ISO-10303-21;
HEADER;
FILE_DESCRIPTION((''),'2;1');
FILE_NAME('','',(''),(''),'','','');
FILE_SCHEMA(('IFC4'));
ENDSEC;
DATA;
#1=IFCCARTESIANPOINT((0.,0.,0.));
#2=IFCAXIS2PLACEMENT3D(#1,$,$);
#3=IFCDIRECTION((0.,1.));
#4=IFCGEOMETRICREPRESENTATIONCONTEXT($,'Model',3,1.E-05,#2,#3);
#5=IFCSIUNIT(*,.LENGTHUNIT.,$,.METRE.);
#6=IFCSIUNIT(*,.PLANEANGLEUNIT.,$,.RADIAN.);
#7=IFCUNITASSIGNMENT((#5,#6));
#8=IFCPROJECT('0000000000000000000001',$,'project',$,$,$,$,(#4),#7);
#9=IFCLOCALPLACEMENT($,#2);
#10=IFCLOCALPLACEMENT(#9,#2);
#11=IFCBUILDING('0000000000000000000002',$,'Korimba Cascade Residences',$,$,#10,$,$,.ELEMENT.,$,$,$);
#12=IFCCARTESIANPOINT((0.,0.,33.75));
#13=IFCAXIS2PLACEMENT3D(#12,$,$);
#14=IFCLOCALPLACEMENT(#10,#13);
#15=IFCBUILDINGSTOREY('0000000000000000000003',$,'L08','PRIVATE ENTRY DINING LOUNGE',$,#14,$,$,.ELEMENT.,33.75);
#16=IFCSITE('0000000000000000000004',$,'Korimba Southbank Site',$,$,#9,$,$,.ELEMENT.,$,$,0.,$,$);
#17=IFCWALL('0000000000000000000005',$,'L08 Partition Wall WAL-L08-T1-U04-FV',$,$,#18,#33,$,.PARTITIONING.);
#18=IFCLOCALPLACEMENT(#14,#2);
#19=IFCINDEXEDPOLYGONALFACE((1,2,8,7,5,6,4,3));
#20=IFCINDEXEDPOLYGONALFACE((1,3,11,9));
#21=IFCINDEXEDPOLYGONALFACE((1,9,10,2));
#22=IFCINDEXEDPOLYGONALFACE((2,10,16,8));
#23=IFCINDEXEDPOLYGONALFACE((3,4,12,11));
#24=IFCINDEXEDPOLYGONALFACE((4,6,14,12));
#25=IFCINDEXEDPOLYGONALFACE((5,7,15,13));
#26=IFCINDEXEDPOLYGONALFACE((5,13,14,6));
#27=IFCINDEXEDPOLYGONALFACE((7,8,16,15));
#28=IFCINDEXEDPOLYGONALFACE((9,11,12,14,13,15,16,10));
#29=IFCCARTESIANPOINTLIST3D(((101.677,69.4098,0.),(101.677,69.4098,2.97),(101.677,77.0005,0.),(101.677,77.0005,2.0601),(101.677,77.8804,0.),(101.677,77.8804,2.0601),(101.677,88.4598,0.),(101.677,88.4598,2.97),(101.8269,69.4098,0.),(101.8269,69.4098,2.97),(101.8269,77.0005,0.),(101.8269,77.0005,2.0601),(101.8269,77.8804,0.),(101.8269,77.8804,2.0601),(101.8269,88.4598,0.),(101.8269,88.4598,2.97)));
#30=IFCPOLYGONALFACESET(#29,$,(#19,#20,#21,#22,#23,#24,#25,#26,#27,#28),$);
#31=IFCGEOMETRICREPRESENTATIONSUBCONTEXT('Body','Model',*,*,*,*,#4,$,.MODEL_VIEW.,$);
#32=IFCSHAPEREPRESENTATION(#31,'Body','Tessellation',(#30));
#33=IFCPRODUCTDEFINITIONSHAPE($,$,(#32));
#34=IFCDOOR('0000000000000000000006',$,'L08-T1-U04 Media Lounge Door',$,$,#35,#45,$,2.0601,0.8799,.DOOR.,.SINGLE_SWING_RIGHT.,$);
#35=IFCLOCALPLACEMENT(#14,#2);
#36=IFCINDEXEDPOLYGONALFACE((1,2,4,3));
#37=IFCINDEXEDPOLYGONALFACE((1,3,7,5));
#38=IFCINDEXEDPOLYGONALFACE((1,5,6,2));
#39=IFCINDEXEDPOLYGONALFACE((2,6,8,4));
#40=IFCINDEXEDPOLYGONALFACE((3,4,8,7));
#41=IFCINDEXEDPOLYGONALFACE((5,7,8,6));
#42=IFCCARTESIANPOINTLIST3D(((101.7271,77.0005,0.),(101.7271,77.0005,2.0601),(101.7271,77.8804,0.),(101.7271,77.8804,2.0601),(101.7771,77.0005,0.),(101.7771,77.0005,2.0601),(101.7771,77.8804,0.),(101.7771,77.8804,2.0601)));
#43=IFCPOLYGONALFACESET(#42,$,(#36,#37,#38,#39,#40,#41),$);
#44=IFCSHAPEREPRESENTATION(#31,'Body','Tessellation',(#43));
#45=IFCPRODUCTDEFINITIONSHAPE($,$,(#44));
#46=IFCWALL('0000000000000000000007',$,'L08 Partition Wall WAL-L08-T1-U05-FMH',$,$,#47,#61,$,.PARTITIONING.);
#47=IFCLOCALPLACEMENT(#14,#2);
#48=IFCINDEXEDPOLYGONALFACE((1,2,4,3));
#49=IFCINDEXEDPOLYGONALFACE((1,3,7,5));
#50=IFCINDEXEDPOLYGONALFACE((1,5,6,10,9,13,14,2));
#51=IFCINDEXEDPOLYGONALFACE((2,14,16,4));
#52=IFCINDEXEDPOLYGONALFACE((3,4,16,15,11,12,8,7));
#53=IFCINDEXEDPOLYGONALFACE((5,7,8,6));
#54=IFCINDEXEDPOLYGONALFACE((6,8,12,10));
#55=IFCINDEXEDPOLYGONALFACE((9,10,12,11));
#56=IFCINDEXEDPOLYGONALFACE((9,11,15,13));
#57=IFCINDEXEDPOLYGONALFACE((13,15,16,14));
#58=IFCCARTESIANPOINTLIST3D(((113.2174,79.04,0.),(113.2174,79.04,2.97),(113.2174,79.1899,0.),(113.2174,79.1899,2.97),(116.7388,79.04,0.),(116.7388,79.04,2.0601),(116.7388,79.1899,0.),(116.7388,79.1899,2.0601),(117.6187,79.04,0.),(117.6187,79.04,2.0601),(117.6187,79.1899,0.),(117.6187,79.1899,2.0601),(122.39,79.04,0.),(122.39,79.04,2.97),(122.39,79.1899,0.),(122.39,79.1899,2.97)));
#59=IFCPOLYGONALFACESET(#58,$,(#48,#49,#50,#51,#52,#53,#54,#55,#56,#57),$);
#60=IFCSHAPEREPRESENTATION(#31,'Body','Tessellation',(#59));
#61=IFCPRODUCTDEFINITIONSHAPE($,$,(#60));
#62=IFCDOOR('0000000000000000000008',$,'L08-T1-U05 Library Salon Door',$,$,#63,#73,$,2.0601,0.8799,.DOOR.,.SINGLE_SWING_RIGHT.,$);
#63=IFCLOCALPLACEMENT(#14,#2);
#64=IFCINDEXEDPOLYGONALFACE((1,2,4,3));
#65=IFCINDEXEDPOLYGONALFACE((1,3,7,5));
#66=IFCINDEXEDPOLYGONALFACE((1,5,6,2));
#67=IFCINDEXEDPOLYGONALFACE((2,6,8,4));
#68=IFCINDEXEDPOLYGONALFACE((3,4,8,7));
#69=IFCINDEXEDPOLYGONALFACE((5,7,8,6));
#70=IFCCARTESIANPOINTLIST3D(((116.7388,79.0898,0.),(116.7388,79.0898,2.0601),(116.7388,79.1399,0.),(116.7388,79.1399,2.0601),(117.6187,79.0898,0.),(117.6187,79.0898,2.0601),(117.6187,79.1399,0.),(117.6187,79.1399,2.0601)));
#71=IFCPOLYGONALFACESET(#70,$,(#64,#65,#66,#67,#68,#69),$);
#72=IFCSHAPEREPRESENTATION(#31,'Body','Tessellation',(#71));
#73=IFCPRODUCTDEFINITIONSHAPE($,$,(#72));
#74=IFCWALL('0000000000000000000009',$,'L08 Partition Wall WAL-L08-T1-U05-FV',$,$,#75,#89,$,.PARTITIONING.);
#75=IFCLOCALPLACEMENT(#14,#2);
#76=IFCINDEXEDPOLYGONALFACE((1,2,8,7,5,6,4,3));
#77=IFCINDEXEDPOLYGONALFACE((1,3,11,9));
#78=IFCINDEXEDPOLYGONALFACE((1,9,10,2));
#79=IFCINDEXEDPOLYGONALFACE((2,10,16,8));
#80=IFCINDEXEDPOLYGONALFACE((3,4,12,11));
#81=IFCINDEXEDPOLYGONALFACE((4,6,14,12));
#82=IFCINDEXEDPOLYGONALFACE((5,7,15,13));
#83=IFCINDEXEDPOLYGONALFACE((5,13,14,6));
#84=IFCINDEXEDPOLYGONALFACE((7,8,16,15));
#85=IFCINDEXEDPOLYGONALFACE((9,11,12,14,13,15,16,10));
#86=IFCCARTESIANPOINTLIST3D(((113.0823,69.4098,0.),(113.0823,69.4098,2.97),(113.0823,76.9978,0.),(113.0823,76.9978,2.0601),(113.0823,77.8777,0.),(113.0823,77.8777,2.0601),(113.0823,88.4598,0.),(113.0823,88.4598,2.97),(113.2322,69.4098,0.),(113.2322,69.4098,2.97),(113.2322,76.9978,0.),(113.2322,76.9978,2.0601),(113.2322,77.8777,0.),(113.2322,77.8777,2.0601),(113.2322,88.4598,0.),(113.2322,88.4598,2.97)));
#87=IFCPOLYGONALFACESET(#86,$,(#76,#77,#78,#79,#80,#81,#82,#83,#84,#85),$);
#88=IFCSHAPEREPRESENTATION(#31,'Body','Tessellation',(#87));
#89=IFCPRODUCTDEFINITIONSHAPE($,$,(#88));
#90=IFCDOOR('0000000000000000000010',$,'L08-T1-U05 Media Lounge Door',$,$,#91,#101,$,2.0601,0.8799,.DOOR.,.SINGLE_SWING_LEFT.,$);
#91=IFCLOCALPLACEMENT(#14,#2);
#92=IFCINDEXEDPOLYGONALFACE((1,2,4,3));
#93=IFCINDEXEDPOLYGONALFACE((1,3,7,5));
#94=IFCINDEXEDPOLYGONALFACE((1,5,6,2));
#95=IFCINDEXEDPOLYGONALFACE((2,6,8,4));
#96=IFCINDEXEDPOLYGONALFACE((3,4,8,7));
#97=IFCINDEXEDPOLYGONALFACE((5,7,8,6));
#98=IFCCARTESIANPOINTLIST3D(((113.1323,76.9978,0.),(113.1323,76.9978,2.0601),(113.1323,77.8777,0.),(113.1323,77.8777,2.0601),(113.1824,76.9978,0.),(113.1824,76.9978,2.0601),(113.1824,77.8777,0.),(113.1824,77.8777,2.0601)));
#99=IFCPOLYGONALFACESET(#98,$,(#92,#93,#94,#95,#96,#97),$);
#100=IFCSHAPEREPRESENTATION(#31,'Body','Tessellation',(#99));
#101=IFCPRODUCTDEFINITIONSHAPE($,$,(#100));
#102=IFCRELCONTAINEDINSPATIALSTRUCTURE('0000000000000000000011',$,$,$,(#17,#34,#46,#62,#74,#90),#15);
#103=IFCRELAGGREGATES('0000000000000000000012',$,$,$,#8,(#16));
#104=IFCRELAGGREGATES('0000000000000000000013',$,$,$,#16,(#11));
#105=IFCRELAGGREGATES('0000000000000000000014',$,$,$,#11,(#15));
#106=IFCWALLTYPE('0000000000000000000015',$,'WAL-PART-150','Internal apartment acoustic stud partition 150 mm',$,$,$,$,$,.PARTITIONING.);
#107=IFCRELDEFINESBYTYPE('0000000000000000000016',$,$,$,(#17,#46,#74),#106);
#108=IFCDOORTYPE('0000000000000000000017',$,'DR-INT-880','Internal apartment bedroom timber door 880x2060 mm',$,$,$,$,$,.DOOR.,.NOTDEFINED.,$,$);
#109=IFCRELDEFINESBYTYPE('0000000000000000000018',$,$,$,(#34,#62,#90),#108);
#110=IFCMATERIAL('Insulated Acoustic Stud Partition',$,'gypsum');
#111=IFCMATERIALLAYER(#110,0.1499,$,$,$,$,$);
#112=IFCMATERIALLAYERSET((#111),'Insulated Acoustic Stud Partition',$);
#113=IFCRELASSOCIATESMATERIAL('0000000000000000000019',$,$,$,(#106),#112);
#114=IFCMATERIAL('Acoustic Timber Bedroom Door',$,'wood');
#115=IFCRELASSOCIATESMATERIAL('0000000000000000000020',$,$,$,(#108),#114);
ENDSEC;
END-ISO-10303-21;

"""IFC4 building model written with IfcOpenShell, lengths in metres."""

from ifc_helpers import new_model, si_unit, direction, frame, frame_2d, origin, place, context, subcontext, project, spatial, rectangle, extrude, material, layer, layer_set, type_object, element, fill, save


model = new_model("IFC4")

# Units and contexts
model_context = context("Model", 3, precision=1e-05, world=origin(), true_north=direction((0.0, 1.0)))
body_context = subcontext(model_context, "Body", "Model", "MODEL_VIEW")
ifc_project = project(units=[si_unit("LENGTHUNIT", "METRE"), si_unit("PLANEANGLEUNIT", "RADIAN")], contexts=[model_context])

# Site, building, storey
site_placement = place(None, origin())
site = spatial("IfcSite", under=ifc_project, at=site_placement, Name="Korimba Southbank Site", CompositionType="ELEMENT", RefElevation=0.0)
building_placement = place(site_placement, origin())
building = spatial("IfcBuilding", under=site, at=building_placement, Name="Korimba Cascade Residences", CompositionType="ELEMENT")
storey_placement = place(building_placement, frame((0.0, 0.0, 33.75)))
storey = spatial("IfcBuildingStorey", under=building, at=storey_placement, Name="L08", Description="PRIVATE ENTRY DINING LOUNGE", CompositionType="ELEMENT", Elevation=33.75)

# Walls, openings, doors
ifc_material_1 = material(Name="Insulated Acoustic Stud Partition", Category="gypsum")
ifc_layer_1 = layer(ifc_material_1, 0.1499)
ifc_layer_set_1 = layer_set([ifc_layer_1], Name="Insulated Acoustic Stud Partition")
wall_type_1 = type_object("IfcWallType", Name="WAL-PART-150", Description="Internal apartment acoustic stud partition 150 mm", PredefinedType="PARTITIONING", material=ifc_layer_set_1)
ifc_material_2 = material(Name="Acoustic Timber Bedroom Door", Category="wood")
door_type_1 = type_object("IfcDoorType", Name="DR-INT-880", Description="Internal apartment bedroom timber door 880x2060 mm", OperationType="NOTDEFINED", PredefinedType="DOOR", material=ifc_material_2)
wall_1_placement = place(storey_placement, frame((101.752, 69.4099, 0.0), z_axis=(0.0, 0.0, 1.0), x_axis=(0.0, 1.0, 0.0)))
wall_1 = element("IfcWall", 1, at=wall_1_placement, inside=storey, type_object=wall_type_1, Name="L08 Partition Wall WAL-L08-T1-U04-FV", PredefinedType="PARTITIONING", context=body_context, shape_type="SweptSolid", body=[
    extrude(rectangle(XDim=19.05, YDim=0.1499, at=frame_2d((9.5249, 0.0))), origin(), (0.0, 0.0, 1.0), 2.97),
])
opening_1_placement = place(wall_1_placement, frame((7.5906, 0.0, 0.0)))
opening_1 = element("IfcOpeningElement", 2, at=opening_1_placement, cuts=wall_1, PredefinedType="OPENING", context=body_context, shape_type="SweptSolid", body=[
    extrude(rectangle(XDim=0.8799, YDim=2.0601, at=frame_2d((0.4399, 1.03))), frame((0.0, 0.085, 0.0), z_axis=(0.0, -1.0, 0.0), x_axis=(1.0, 0.0, 0.0)), (0.0, 0.0, 1.0), 0.1699),
])
door_1_placement = place(opening_1_placement, origin())
door_1 = element("IfcDoor", 3, at=door_1_placement, inside=storey, type_object=door_type_1, Name="L08-T1-U04 Media Lounge Door", OperationType="SINGLE_SWING_RIGHT", OverallHeight=2.0601, OverallWidth=0.8799, PredefinedType="DOOR", context=body_context, shape_type="SweptSolid", body=[
    extrude(rectangle(XDim=0.8799, YDim=2.0601, at=frame_2d((0.4399, 1.03))), frame((0.0, 0.0249, 0.0), z_axis=(0.0, -1.0, 0.0), x_axis=(1.0, 0.0, 0.0)), (0.0, 0.0, 1.0), 0.05),
])
fill(opening_1, door_1)
wall_2_placement = place(storey_placement, frame((113.2173, 79.115, 0.0), z_axis=(0.0, 0.0, 1.0), x_axis=(1.0, 0.0, 0.0)))
wall_2 = element("IfcWall", 4, at=wall_2_placement, inside=storey, type_object=wall_type_1, Name="L08 Partition Wall WAL-L08-T1-U05-FMH", PredefinedType="PARTITIONING", context=body_context, shape_type="SweptSolid", body=[
    extrude(rectangle(XDim=9.1726, YDim=0.1499, at=frame_2d((4.5864, 0.0))), origin(), (0.0, 0.0, 1.0), 2.97),
])
opening_2_placement = place(wall_2_placement, frame((3.5215, 0.0, 0.0)))
opening_2 = element("IfcOpeningElement", 5, at=opening_2_placement, cuts=wall_2, PredefinedType="OPENING", context=body_context, shape_type="SweptSolid", body=[
    extrude(rectangle(XDim=0.8799, YDim=2.0601, at=frame_2d((0.4399, 1.03))), frame((0.0, 0.085, 0.0), z_axis=(0.0, -1.0, 0.0), x_axis=(1.0, 0.0, 0.0)), (0.0, 0.0, 1.0), 0.1699),
])
door_2_placement = place(opening_2_placement, origin())
door_2 = element("IfcDoor", 6, at=door_2_placement, inside=storey, type_object=door_type_1, Name="L08-T1-U05 Library Salon Door", OperationType="SINGLE_SWING_RIGHT", OverallHeight=2.0601, OverallWidth=0.8799, PredefinedType="DOOR", context=body_context, shape_type="SweptSolid", body=[
    extrude(rectangle(XDim=0.8799, YDim=2.0601, at=frame_2d((0.4399, 1.03))), frame((0.0, 0.0249, 0.0), z_axis=(0.0, -1.0, 0.0), x_axis=(1.0, 0.0, 0.0)), (0.0, 0.0, 1.0), 0.05),
])
fill(opening_2, door_2)
wall_3_placement = place(storey_placement, frame((113.1572, 69.4099, 0.0), z_axis=(0.0, 0.0, 1.0), x_axis=(0.0, 1.0, 0.0)))
wall_3 = element("IfcWall", 7, at=wall_3_placement, inside=storey, type_object=wall_type_1, Name="L08 Partition Wall WAL-L08-T1-U05-FV", PredefinedType="PARTITIONING", context=body_context, shape_type="SweptSolid", body=[
    extrude(rectangle(XDim=19.05, YDim=0.1499, at=frame_2d((9.5249, 0.0))), origin(), (0.0, 0.0, 1.0), 2.97),
])
opening_3_placement = place(wall_3_placement, frame((7.5879, 0.0, 0.0)))
opening_3 = element("IfcOpeningElement", 8, at=opening_3_placement, cuts=wall_3, PredefinedType="OPENING", context=body_context, shape_type="SweptSolid", body=[
    extrude(rectangle(XDim=0.8799, YDim=2.0601, at=frame_2d((0.4399, 1.03))), frame((0.0, 0.085, 0.0), z_axis=(0.0, -1.0, 0.0), x_axis=(1.0, 0.0, 0.0)), (0.0, 0.0, 1.0), 0.1699),
])
door_3_placement = place(opening_3_placement, origin())
door_3 = element("IfcDoor", 9, at=door_3_placement, inside=storey, type_object=door_type_1, Name="L08-T1-U05 Media Lounge Door", OperationType="SINGLE_SWING_LEFT", OverallHeight=2.0601, OverallWidth=0.8799, PredefinedType="DOOR", context=body_context, shape_type="SweptSolid", body=[
    extrude(rectangle(XDim=0.8799, YDim=2.0601, at=frame_2d((0.4399, 1.03))), frame((0.0, 0.0249, 0.0), z_axis=(0.0, -1.0, 0.0), x_axis=(1.0, 0.0, 0.0)), (0.0, 0.0, 1.0), 0.05),
])
fill(opening_3, door_3)

save(model, "model.ifc")
